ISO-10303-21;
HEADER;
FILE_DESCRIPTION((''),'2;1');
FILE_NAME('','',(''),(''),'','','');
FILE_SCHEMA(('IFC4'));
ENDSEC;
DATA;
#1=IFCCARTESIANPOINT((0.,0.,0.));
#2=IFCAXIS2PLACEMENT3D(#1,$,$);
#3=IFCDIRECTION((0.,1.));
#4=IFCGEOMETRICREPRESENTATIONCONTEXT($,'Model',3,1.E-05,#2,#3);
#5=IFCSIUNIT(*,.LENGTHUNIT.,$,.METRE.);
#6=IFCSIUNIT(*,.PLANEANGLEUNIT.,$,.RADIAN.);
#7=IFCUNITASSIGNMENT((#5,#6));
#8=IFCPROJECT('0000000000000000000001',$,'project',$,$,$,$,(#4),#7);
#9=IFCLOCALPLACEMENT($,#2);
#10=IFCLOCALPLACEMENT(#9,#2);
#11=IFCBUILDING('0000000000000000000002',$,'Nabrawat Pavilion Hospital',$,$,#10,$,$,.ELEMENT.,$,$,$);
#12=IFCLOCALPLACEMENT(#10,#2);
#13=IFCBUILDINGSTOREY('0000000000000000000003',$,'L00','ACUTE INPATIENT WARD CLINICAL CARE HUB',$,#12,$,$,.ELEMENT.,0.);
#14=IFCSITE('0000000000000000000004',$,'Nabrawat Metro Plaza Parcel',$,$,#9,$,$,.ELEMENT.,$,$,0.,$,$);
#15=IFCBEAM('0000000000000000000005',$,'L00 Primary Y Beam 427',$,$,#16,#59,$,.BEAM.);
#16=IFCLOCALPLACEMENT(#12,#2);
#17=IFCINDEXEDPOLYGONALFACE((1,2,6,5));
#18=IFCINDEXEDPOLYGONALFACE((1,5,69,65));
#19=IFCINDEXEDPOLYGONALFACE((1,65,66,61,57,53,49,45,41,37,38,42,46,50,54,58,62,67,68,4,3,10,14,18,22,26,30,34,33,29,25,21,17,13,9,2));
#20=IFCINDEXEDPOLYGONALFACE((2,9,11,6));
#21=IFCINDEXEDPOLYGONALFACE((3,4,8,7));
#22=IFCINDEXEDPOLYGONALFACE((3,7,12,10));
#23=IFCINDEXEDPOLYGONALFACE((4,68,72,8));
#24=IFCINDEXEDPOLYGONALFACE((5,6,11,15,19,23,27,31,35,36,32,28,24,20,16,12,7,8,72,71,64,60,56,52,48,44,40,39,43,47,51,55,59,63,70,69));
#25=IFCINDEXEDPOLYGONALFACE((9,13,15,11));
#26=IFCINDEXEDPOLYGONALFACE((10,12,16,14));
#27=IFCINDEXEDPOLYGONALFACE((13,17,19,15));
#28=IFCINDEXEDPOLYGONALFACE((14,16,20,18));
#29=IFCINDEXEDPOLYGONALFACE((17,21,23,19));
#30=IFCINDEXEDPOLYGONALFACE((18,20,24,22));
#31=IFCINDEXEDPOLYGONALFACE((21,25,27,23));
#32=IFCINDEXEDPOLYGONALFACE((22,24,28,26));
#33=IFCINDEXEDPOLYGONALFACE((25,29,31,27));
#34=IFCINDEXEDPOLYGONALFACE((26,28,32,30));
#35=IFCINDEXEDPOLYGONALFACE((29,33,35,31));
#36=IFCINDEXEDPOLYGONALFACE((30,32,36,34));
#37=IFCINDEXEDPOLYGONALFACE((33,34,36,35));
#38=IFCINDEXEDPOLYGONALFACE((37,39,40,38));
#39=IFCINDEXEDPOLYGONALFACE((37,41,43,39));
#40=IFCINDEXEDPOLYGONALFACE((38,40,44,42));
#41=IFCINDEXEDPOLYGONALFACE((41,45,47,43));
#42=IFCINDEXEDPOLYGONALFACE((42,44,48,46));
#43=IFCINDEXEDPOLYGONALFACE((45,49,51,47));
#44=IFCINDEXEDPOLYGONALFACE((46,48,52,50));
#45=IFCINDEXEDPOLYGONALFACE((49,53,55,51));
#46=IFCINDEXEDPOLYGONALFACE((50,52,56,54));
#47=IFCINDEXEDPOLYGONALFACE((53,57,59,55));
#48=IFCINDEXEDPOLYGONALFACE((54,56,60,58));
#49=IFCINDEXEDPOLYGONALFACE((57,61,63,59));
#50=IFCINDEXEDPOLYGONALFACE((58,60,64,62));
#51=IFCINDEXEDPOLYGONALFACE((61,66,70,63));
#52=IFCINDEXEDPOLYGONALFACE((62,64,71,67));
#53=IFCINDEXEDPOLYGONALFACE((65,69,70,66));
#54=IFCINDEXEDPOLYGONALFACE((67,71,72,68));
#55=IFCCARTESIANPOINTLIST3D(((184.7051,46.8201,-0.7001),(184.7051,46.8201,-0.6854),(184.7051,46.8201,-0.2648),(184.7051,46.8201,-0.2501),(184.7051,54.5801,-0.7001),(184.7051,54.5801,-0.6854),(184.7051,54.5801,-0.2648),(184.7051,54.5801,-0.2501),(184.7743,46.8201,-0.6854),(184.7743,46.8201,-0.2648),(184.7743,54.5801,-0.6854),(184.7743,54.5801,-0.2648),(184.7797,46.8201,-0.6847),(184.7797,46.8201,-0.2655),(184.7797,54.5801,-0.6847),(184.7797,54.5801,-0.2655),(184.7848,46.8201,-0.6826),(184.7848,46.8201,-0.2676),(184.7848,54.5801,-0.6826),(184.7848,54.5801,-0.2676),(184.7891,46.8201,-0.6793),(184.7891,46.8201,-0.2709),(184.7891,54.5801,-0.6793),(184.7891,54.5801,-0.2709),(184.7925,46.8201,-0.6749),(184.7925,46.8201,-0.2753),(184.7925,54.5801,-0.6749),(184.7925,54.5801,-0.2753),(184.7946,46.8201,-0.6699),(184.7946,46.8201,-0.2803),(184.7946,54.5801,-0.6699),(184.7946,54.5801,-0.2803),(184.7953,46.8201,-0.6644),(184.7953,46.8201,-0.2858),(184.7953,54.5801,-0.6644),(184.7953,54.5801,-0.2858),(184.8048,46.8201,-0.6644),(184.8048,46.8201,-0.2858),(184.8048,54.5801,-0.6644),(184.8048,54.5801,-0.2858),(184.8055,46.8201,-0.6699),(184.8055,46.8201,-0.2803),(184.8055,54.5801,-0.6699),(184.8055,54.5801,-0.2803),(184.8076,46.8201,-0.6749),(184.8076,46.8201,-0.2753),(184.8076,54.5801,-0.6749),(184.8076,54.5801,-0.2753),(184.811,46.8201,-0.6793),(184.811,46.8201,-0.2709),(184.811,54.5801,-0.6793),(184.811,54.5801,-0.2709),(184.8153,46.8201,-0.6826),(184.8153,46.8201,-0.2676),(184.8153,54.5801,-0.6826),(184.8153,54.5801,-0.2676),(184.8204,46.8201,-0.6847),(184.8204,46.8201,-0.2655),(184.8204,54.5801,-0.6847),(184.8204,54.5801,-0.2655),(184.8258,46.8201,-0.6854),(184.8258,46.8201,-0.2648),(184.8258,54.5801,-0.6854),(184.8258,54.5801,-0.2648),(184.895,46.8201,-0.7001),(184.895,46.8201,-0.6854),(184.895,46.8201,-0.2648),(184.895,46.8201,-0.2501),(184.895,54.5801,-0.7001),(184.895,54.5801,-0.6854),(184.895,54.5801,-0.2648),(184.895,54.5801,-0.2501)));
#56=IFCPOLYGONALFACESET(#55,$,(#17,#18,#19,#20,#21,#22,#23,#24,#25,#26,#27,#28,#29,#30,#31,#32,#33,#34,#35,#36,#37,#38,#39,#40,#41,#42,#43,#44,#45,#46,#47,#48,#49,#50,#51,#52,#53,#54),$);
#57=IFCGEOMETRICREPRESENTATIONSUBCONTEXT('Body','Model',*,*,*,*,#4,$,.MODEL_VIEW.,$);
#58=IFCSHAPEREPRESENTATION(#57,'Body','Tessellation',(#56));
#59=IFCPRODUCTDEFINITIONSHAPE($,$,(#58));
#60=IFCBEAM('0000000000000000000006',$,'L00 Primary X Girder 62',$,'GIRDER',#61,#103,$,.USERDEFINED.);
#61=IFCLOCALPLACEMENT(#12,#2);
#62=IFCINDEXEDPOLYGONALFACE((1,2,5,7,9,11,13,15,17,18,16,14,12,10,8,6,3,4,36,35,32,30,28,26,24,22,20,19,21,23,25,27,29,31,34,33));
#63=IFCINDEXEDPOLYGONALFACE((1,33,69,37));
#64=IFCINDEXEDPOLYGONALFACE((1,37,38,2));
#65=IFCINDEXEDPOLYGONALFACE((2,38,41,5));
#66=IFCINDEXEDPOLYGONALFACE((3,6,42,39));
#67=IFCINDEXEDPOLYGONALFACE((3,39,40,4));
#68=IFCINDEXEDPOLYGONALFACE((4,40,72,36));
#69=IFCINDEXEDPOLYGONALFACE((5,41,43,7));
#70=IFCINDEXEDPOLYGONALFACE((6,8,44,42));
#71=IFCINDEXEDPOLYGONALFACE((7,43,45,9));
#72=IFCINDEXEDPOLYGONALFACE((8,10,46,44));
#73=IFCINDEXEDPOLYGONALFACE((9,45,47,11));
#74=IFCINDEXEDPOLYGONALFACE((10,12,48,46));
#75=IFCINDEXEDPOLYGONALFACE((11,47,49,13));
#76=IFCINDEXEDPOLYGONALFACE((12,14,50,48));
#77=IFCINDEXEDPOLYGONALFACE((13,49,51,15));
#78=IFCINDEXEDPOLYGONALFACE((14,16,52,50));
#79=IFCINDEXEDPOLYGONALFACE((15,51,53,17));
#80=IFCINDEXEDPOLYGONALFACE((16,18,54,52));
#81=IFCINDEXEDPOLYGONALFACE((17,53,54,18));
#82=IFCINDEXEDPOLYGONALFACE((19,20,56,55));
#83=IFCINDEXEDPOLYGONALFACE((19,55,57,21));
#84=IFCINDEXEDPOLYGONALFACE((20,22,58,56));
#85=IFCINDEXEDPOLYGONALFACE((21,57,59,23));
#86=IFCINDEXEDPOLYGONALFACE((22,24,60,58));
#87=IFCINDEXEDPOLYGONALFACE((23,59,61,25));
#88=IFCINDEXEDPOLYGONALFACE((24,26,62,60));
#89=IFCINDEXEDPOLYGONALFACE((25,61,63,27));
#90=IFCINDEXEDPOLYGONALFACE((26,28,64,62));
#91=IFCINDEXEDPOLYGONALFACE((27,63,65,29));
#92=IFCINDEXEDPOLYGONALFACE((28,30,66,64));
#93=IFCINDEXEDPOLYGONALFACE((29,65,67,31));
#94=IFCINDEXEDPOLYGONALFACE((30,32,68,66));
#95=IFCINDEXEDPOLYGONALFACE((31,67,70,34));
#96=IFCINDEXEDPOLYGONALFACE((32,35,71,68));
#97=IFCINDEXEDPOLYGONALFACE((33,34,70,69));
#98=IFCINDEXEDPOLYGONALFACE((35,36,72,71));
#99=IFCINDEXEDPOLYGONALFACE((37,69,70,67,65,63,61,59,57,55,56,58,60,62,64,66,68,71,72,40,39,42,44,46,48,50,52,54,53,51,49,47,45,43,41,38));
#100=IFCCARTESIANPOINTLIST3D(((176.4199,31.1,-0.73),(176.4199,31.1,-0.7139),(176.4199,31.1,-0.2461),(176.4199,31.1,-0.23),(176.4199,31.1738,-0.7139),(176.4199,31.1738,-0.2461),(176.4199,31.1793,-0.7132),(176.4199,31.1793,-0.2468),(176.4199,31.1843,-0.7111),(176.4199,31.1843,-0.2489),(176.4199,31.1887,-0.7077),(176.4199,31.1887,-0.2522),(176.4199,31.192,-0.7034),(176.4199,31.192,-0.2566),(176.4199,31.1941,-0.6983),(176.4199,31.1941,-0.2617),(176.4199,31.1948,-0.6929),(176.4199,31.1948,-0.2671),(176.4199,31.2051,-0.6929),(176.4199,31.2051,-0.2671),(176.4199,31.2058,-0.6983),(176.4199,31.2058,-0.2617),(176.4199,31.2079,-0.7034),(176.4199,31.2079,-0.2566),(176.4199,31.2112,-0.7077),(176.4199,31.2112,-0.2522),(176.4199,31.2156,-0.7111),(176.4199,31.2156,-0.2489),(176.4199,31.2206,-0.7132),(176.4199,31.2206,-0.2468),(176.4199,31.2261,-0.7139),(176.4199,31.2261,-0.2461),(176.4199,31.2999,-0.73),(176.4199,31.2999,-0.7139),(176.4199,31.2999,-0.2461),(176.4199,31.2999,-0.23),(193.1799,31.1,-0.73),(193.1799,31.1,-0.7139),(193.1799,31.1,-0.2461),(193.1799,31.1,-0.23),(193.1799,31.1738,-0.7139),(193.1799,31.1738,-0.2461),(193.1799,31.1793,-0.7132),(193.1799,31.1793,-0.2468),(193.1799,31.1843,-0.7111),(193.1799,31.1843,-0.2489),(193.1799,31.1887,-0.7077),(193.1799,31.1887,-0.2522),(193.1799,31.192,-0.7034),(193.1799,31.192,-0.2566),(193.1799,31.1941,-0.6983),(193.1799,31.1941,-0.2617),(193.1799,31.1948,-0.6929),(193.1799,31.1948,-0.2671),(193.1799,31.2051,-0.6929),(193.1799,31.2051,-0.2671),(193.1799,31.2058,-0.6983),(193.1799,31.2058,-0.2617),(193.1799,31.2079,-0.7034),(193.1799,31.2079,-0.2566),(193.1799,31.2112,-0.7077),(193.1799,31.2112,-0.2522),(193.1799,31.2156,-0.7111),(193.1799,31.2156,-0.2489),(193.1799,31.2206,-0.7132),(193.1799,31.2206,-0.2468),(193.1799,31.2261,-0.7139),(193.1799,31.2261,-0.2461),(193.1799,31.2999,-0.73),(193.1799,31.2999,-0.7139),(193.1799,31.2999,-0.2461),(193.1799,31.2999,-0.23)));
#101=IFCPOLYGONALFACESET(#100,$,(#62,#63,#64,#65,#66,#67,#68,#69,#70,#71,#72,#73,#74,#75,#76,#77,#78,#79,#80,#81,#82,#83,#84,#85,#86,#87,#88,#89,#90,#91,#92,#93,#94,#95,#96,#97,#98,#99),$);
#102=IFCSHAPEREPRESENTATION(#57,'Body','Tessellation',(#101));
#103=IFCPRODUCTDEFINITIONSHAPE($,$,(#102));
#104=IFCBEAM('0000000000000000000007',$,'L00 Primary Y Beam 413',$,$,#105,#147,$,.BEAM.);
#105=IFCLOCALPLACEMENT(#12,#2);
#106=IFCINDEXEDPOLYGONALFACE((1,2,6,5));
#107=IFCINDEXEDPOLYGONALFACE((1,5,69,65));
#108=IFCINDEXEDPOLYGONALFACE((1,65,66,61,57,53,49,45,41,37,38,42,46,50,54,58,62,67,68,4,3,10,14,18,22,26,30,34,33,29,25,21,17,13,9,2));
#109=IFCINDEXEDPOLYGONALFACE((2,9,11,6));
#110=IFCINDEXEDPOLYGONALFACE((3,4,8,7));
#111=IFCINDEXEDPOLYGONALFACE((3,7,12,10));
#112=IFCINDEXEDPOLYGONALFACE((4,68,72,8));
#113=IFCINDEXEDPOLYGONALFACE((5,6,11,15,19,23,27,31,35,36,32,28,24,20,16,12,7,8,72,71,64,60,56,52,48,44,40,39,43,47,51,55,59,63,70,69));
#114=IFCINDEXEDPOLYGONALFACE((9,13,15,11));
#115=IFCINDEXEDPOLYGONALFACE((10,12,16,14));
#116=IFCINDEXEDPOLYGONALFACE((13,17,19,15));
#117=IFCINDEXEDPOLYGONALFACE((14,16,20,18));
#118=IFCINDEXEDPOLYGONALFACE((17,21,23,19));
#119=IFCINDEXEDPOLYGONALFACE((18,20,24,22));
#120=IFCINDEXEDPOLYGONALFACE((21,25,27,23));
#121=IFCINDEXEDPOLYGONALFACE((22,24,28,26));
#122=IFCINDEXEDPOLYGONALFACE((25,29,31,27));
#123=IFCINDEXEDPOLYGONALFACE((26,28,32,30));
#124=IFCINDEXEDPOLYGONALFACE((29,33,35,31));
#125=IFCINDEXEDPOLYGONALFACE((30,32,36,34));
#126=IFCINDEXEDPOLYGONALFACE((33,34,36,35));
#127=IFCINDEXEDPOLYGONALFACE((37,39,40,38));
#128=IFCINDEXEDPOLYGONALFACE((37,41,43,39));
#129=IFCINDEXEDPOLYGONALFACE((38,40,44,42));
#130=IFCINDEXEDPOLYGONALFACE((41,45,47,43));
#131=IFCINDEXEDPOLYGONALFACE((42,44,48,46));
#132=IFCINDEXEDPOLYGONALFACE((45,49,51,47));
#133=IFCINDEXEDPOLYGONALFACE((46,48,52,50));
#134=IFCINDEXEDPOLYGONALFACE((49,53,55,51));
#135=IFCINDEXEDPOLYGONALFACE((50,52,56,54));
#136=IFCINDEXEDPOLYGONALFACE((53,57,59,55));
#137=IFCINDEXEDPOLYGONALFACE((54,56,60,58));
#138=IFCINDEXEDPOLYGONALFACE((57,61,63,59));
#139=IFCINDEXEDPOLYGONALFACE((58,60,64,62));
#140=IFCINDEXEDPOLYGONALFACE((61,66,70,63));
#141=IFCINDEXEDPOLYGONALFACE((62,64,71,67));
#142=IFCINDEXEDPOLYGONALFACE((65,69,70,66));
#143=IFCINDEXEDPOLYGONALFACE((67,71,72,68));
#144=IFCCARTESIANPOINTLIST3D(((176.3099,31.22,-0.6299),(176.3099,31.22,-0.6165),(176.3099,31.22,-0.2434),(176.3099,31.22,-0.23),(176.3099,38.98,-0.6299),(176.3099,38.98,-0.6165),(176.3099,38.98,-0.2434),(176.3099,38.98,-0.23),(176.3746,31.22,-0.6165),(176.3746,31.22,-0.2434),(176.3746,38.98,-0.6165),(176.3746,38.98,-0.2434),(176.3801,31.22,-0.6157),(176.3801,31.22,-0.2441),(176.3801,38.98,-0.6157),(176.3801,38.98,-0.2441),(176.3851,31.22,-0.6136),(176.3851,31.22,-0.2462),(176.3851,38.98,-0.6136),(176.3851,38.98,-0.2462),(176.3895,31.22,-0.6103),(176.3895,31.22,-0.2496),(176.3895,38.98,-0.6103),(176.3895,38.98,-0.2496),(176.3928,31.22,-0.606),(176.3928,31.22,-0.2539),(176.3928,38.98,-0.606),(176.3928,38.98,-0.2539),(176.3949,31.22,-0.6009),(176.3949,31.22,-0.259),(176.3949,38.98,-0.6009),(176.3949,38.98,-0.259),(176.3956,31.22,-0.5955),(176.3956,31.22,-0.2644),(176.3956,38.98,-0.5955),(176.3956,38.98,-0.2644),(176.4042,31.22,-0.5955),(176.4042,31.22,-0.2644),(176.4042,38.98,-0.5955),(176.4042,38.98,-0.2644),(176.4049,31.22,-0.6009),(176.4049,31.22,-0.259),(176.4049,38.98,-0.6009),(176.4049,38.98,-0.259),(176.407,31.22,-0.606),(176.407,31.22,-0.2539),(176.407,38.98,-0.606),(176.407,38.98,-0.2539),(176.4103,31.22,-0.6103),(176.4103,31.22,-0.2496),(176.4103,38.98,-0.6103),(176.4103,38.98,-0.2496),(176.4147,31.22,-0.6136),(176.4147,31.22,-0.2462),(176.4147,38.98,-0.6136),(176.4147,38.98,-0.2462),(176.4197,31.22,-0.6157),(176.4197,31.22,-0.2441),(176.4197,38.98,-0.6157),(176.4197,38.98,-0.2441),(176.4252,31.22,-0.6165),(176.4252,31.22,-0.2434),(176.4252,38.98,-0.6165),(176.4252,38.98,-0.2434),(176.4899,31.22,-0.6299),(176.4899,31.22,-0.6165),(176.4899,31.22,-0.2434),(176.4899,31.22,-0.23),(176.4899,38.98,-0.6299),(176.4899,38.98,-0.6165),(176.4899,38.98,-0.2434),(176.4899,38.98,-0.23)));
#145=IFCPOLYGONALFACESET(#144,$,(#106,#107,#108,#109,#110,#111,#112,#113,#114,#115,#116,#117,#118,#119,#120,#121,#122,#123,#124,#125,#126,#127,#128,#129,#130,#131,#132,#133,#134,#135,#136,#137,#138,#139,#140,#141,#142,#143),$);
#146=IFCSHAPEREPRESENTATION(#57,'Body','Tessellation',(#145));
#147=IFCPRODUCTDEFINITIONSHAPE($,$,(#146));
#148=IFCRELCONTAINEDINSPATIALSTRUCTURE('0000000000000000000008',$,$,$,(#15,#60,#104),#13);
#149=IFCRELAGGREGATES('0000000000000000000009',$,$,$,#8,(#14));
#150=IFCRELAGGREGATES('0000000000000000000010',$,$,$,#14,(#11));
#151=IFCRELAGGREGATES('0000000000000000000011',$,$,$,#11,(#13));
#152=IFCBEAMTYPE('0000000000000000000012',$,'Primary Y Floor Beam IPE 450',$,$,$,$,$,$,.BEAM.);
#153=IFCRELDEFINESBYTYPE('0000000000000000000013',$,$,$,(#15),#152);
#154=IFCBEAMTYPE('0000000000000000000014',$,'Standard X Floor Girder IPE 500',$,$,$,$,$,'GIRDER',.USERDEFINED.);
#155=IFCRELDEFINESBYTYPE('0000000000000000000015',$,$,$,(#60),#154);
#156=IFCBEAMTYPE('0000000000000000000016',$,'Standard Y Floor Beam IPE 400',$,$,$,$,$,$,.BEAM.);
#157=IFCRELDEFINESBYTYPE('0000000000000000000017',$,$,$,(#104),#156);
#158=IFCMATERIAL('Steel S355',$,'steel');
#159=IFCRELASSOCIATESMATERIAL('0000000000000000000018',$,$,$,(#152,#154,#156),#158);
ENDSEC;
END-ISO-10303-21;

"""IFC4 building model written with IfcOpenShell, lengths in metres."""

from ifc_helpers import new_model, si_unit, direction, frame, origin, origin_2d, place, context, subcontext, project, spatial, i_section, extrude, material, material_profile, profile_set, type_object, element, save


model = new_model("IFC4")

# Units and contexts
model_context = context("Model", 3, precision=1e-05, world=origin(), true_north=direction((0.0, 1.0)))
body_context = subcontext(model_context, "Body", "Model", "MODEL_VIEW")
ifc_project = project(units=[si_unit("LENGTHUNIT", "METRE"), si_unit("PLANEANGLEUNIT", "RADIAN")], contexts=[model_context])

# Site, building, storey
site_placement = place(None, origin())
site = spatial("IfcSite", under=ifc_project, at=site_placement, Name="Nabrawat Metro Plaza Parcel", CompositionType="ELEMENT", RefElevation=0.0)
building_placement = place(site_placement, origin())
building = spatial("IfcBuilding", under=site, at=building_placement, Name="Nabrawat Pavilion Hospital", CompositionType="ELEMENT")
storey_placement = place(building_placement, origin())
storey = spatial("IfcBuildingStorey", under=building, at=storey_placement, Name="L00", Description="ACUTE INPATIENT WARD CLINICAL CARE HUB", CompositionType="ELEMENT", Elevation=0.0)

# Shared definitions
ifc_material_1 = material(Name="Steel S355", Category="steel")

# Beams
ifc_material_profile_1 = material_profile(ifc_material_1, i_section(OverallWidth=0.1899, OverallDepth=0.45, WebThickness=0.0095, FlangeThickness=0.0146, FilletRadius=0.021, at=origin_2d()), Name="IPE 450")
ifc_profile_set_1 = profile_set([ifc_material_profile_1], Name="Steel S355")
beam_type_1 = type_object("IfcBeamType", Name="Primary Y Floor Beam IPE 450", PredefinedType="BEAM", material=ifc_profile_set_1)
for number, where, z_axis, x_axis, name in (
    (1, (184.8, 46.8201, -0.4751), (0.0, 1.0, 0.0), (-1.0, 0.0, 0.0), "L00 Primary Y Beam 427"),
):
    element("IfcBeam", number, at=place(storey_placement, frame(where, z_axis=z_axis, x_axis=x_axis)), inside=storey, type_object=beam_type_1, Name=name, PredefinedType="BEAM", context=body_context, shape_type="SweptSolid", body=[
        extrude(i_section(OverallWidth=0.1899, OverallDepth=0.45, WebThickness=0.0095, FlangeThickness=0.0146, FilletRadius=0.021, at=origin_2d()), origin(), (0.0, 0.0, 1.0), 7.76),
    ])
ifc_material_profile_2 = material_profile(ifc_material_1, i_section(OverallWidth=0.2, OverallDepth=0.5, WebThickness=0.0103, FlangeThickness=0.0161, FilletRadius=0.021, at=origin_2d()), Name="IPE 500")
ifc_profile_set_2 = profile_set([ifc_material_profile_2], Name="Steel S355")
beam_type_2 = type_object("IfcBeamType", Name="Standard X Floor Girder IPE 500", ElementType="GIRDER", PredefinedType="USERDEFINED", material=ifc_profile_set_2)
beam_1_placement = place(storey_placement, frame((176.4199, 31.2, -0.48), z_axis=(1.0, 0.0, 0.0), x_axis=(0.0, 1.0, 0.0)))
element("IfcBeam", 2, at=beam_1_placement, inside=storey, type_object=beam_type_2, Name="L00 Primary X Girder 62", ObjectType="GIRDER", PredefinedType="USERDEFINED", context=body_context, shape_type="SweptSolid", body=[
    extrude(i_section(OverallWidth=0.2, OverallDepth=0.5, WebThickness=0.0103, FlangeThickness=0.0161, FilletRadius=0.021, at=origin_2d()), origin(), (0.0, 0.0, 1.0), 16.76),
])
ifc_material_profile_3 = material_profile(ifc_material_1, i_section(OverallWidth=0.1799, OverallDepth=0.3999, WebThickness=0.0085, FlangeThickness=0.0134, FilletRadius=0.021, at=origin_2d()), Name="IPE 400")
ifc_profile_set_3 = profile_set([ifc_material_profile_3], Name="Steel S355")
beam_type_3 = type_object("IfcBeamType", Name="Standard Y Floor Beam IPE 400", PredefinedType="BEAM", material=ifc_profile_set_3)
beam_2_placement = place(storey_placement, frame((176.3999, 31.22, -0.4299), z_axis=(0.0, 1.0, 0.0), x_axis=(-1.0, 0.0, 0.0)))
element("IfcBeam", 3, at=beam_2_placement, inside=storey, type_object=beam_type_3, Name="L00 Primary Y Beam 413", PredefinedType="BEAM", context=body_context, shape_type="SweptSolid", body=[
    extrude(i_section(OverallWidth=0.1799, OverallDepth=0.3999, WebThickness=0.0085, FlangeThickness=0.0134, FilletRadius=0.021, at=origin_2d()), origin(), (0.0, 0.0, 1.0), 7.76),
])

save(model, "model.ifc")
